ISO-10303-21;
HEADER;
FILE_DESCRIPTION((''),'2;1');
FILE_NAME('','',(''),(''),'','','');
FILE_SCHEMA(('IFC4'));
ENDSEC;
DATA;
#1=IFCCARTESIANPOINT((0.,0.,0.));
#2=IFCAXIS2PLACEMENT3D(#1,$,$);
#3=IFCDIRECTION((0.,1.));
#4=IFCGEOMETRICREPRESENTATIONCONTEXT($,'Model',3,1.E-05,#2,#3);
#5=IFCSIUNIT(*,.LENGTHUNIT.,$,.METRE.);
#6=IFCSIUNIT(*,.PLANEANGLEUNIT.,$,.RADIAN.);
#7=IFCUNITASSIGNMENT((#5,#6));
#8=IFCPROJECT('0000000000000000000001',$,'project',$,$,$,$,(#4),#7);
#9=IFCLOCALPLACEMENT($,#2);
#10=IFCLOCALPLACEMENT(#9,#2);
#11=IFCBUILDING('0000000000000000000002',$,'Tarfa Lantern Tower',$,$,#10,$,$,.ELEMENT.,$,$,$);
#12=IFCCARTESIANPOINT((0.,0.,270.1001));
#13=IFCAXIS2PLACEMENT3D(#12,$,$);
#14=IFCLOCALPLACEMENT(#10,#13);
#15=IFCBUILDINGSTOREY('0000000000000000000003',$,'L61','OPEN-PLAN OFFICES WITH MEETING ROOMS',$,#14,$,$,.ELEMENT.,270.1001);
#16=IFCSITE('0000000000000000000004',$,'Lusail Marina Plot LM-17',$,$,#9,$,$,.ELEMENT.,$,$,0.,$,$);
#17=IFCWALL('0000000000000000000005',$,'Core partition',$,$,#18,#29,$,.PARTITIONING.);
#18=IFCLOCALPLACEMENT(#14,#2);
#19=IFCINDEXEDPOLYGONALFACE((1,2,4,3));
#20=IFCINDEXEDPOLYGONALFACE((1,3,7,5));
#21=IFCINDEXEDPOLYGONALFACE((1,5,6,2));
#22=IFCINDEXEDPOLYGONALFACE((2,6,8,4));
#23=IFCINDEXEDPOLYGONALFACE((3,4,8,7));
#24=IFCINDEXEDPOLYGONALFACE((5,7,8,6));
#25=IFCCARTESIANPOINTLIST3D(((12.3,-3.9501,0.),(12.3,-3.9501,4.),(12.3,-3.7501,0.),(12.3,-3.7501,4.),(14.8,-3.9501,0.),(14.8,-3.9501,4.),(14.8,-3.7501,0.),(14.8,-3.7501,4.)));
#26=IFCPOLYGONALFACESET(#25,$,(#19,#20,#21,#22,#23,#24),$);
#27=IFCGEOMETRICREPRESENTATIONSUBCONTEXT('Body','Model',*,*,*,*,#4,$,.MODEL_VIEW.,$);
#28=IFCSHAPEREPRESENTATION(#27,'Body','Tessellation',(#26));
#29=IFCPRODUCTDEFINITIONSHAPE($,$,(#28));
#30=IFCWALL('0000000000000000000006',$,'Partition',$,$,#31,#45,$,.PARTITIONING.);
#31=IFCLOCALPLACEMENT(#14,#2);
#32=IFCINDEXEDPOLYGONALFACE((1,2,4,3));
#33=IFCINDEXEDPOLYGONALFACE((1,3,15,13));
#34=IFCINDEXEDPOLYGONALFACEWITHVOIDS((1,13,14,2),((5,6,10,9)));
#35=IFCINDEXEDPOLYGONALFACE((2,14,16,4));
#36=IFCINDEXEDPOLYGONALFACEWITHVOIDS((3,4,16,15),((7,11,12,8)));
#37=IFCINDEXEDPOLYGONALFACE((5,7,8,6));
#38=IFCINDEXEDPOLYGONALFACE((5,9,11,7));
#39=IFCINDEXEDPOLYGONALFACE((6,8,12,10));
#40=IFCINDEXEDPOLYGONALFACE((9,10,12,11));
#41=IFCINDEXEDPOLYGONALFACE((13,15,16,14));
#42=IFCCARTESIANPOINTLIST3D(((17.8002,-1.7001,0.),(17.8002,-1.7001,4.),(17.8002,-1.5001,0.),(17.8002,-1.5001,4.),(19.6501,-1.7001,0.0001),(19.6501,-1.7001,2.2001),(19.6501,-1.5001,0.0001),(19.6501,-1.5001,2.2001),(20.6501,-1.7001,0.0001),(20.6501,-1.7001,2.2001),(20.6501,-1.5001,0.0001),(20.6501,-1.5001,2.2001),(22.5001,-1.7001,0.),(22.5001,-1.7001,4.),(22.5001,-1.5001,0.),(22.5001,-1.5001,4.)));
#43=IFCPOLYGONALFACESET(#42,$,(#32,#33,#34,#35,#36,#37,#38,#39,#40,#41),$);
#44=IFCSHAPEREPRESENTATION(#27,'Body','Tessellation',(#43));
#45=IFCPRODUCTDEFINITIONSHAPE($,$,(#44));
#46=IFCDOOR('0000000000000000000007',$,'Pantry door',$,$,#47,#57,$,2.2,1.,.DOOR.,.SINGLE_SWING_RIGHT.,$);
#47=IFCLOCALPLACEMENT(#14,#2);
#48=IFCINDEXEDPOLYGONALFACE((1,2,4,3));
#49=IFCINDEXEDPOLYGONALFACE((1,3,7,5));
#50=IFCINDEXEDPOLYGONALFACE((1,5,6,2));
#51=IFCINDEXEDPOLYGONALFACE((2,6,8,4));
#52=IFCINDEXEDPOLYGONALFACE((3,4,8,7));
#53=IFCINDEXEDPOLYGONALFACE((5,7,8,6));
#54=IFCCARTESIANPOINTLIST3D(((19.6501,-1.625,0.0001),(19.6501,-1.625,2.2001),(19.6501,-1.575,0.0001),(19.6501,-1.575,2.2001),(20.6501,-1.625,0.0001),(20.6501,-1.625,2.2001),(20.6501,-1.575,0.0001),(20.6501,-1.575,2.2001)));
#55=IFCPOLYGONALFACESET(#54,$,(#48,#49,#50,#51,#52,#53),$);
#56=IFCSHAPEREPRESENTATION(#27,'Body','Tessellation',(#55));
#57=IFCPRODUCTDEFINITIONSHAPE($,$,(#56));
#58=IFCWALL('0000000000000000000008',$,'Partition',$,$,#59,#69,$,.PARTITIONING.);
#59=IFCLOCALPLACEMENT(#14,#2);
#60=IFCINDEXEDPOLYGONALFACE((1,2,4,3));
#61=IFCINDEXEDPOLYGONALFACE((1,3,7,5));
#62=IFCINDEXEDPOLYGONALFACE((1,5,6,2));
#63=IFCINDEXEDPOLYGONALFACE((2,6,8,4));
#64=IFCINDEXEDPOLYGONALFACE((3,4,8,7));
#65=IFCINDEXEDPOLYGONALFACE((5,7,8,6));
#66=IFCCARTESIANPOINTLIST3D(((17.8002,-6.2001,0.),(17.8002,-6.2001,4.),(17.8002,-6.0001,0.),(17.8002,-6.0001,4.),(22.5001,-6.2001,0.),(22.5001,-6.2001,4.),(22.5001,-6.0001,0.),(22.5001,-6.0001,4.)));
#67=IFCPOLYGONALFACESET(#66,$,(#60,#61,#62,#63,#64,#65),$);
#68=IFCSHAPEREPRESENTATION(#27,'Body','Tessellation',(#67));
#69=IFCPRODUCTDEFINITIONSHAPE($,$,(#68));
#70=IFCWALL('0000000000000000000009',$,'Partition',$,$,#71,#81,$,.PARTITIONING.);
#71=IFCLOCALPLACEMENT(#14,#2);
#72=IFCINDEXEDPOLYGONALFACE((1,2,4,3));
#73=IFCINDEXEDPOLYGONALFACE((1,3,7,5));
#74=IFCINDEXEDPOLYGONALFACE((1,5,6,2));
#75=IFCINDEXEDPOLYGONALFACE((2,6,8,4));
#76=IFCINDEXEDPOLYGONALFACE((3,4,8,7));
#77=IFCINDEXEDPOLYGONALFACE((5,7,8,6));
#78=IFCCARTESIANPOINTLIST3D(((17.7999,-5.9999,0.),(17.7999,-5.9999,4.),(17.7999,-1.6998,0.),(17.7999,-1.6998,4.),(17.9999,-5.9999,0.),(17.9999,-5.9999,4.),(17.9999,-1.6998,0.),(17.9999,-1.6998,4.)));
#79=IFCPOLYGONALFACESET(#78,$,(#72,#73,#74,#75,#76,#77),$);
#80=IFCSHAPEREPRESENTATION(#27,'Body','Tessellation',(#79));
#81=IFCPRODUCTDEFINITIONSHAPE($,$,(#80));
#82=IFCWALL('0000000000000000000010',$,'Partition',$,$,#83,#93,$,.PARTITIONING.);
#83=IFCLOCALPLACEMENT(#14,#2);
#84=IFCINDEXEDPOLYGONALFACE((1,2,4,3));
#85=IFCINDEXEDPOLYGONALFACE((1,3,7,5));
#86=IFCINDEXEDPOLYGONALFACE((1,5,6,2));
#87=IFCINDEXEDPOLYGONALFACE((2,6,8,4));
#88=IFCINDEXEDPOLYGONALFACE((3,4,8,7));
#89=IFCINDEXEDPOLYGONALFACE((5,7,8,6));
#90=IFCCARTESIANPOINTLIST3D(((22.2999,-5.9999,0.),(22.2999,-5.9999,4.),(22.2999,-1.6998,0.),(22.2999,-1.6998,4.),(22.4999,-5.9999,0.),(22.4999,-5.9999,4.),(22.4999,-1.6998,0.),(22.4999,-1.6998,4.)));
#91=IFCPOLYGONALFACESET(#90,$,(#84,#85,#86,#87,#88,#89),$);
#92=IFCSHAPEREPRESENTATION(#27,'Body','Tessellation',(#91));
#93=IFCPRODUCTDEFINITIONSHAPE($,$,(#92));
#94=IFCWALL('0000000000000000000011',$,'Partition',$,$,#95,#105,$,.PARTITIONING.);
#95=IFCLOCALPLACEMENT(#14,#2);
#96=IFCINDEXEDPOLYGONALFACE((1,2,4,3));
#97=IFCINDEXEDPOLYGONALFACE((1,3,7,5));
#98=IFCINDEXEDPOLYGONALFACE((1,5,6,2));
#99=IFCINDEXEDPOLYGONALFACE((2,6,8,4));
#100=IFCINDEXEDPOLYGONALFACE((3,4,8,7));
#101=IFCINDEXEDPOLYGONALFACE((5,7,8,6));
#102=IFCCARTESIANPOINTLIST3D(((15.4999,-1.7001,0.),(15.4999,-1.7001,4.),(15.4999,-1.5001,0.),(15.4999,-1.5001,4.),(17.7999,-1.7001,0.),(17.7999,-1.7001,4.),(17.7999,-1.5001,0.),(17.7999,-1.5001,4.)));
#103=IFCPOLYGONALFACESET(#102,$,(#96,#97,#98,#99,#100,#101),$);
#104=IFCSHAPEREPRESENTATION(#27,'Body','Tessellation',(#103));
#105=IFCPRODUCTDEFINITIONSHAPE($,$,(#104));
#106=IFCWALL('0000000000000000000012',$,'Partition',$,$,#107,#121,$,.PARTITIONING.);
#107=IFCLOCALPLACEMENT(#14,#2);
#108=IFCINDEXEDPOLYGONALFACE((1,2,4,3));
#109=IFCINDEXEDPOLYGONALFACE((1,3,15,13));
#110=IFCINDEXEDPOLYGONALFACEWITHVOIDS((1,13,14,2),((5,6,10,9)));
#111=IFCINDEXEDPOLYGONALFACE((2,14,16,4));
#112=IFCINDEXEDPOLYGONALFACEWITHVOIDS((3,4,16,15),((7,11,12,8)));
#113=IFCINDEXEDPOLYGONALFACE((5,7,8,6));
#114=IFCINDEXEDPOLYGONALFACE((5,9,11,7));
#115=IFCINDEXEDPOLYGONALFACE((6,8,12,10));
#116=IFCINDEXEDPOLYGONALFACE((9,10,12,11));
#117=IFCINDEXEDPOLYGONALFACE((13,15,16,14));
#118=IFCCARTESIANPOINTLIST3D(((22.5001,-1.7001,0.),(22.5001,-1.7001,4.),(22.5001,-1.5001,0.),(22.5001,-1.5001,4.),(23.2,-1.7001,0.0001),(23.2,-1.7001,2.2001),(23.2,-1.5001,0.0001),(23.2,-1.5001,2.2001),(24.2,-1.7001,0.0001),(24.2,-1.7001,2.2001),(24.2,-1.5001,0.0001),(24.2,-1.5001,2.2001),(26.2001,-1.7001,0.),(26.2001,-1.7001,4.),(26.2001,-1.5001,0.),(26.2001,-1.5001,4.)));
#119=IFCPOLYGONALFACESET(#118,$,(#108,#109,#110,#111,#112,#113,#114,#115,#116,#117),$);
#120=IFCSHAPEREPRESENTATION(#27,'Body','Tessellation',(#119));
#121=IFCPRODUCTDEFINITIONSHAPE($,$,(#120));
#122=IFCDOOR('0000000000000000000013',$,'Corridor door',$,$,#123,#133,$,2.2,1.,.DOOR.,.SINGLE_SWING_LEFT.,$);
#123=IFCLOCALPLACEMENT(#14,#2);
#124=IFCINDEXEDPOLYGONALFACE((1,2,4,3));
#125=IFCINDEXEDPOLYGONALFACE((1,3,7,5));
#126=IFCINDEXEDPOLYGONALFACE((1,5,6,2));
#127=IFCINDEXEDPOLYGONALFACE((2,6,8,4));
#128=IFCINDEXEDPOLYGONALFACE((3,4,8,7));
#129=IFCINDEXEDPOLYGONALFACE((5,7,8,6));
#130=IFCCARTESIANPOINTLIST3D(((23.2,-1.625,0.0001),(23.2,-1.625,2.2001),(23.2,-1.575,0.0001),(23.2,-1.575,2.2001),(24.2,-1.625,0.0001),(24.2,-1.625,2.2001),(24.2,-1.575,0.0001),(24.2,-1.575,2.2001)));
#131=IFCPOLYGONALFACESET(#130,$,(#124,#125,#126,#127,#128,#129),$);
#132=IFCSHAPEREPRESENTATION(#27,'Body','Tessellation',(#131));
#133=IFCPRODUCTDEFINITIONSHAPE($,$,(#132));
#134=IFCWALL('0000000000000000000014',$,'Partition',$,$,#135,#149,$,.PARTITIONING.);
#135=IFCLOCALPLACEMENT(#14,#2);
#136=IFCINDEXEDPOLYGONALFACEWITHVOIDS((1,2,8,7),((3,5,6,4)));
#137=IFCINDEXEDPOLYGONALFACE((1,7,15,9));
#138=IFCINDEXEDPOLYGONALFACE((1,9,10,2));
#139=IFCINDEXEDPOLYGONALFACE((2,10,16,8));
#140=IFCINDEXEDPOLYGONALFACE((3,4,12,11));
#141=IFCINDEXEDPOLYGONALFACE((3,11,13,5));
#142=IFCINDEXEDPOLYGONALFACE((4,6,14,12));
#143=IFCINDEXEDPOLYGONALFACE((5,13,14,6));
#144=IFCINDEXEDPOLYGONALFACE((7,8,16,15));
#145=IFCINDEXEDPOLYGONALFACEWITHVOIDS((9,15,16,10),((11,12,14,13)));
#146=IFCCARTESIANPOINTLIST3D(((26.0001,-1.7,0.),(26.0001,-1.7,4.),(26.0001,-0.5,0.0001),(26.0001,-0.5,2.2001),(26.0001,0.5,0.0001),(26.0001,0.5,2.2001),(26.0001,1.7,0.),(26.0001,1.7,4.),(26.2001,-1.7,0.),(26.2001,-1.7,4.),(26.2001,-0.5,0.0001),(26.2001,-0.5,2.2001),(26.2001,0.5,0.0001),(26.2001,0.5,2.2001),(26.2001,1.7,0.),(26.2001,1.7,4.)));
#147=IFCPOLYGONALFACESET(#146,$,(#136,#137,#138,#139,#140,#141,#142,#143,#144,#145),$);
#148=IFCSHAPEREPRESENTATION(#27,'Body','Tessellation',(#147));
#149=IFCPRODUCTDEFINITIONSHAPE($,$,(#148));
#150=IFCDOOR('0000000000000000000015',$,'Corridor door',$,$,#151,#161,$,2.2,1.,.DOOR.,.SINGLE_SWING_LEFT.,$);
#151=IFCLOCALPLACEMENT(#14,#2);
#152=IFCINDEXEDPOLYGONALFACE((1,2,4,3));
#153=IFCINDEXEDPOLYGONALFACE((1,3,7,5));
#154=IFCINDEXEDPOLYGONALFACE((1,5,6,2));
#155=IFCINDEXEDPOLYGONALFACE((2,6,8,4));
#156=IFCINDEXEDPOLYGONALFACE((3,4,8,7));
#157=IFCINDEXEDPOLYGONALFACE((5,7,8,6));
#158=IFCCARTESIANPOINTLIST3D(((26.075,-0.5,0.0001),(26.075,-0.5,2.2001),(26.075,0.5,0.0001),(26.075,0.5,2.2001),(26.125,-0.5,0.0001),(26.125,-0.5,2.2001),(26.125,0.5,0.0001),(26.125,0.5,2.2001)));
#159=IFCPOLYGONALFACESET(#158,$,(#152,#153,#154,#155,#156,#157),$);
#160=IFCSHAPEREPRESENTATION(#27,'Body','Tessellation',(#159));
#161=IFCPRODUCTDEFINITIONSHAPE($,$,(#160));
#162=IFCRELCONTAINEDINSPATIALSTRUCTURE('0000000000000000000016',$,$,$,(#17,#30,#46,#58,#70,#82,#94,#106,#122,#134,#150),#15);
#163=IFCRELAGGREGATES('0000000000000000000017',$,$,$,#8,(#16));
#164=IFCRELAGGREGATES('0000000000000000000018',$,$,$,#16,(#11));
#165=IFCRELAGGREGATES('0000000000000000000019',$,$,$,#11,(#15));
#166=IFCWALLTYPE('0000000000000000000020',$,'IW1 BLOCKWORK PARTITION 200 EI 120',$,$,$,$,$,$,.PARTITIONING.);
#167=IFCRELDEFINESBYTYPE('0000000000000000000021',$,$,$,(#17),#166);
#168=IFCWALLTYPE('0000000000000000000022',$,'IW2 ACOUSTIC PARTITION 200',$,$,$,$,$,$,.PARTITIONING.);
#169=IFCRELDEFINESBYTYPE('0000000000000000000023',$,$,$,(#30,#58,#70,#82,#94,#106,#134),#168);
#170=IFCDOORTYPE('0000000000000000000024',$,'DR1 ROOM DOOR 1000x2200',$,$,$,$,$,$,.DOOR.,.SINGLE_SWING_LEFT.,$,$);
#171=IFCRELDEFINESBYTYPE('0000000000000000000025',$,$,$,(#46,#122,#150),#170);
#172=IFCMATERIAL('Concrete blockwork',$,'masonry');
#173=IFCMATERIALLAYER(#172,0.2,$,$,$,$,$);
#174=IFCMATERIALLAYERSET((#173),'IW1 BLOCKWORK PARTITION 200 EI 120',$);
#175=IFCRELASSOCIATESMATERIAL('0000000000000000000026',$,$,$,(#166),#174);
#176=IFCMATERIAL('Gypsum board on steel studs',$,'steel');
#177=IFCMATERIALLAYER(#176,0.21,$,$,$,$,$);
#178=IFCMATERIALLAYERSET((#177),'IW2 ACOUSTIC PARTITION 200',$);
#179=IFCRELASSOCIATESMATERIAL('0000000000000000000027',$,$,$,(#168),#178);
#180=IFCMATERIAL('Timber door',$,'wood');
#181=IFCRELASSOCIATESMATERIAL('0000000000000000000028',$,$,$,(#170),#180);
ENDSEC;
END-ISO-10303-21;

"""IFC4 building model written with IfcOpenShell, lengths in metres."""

from ifc_helpers import new_model, si_unit, direction, frame, frame_2d, origin, place, context, subcontext, project, spatial, rectangle, extrude, material, layer, layer_set, type_object, element, fill, save


model = new_model("IFC4")

# Units and contexts
model_context = context("Model", 3, precision=1e-05, world=origin(), true_north=direction((0.0, 1.0)))
body_context = subcontext(model_context, "Body", "Model", "MODEL_VIEW")
ifc_project = project(units=[si_unit("LENGTHUNIT", "METRE"), si_unit("PLANEANGLEUNIT", "RADIAN")], contexts=[model_context])

# Site, building, storey
site_placement = place(None, origin())
site = spatial("IfcSite", under=ifc_project, at=site_placement, Name="Lusail Marina Plot LM-17", CompositionType="ELEMENT", RefElevation=0.0)
building_placement = place(site_placement, origin())
building = spatial("IfcBuilding", under=site, at=building_placement, Name="Tarfa Lantern Tower", CompositionType="ELEMENT")
storey_placement = place(building_placement, frame((0.0, 0.0, 270.1001)))
storey = spatial("IfcBuildingStorey", under=building, at=storey_placement, Name="L61", Description="OPEN-PLAN OFFICES WITH MEETING ROOMS", CompositionType="ELEMENT", Elevation=270.1001)

# Wall
ifc_material_1 = material(Name="Concrete blockwork", Category="masonry")
ifc_layer_1 = layer(ifc_material_1, 0.2)
ifc_layer_set_1 = layer_set([ifc_layer_1], Name="IW1 BLOCKWORK PARTITION 200 EI 120")
wall_type_1 = type_object("IfcWallType", Name="IW1 BLOCKWORK PARTITION 200 EI 120", PredefinedType="PARTITIONING", material=ifc_layer_set_1)
wall_1_placement = place(storey_placement, frame((14.8, -3.8501, 0.0), z_axis=(0.0, 0.0, 1.0), x_axis=(-1.0, 0.0, 0.0)))
element("IfcWall", 1, at=wall_1_placement, inside=storey, type_object=wall_type_1, Name="Core partition", PredefinedType="PARTITIONING", context=body_context, shape_type="SweptSolid", body=[
    extrude(rectangle(XDim=2.5, YDim=0.2, at=frame_2d((1.25, 0.0))), origin(), (0.0, 0.0, 1.0), 4.0),
])

# Wall, opening, door
ifc_material_2 = material(Name="Gypsum board on steel studs", Category="steel")
ifc_layer_2 = layer(ifc_material_2, 0.21)
ifc_layer_set_2 = layer_set([ifc_layer_2], Name="IW2 ACOUSTIC PARTITION 200")
wall_type_2 = type_object("IfcWallType", Name="IW2 ACOUSTIC PARTITION 200", PredefinedType="PARTITIONING", material=ifc_layer_set_2)
wall_2_placement = place(storey_placement, frame((17.8, -1.6001, 0.0), z_axis=(0.0, 0.0, 1.0), x_axis=(1.0, 0.0, 0.0)))
wall_2 = element("IfcWall", 2, at=wall_2_placement, inside=storey, type_object=wall_type_2, Name="Partition", PredefinedType="PARTITIONING", context=body_context, shape_type="SweptSolid", body=[
    extrude(rectangle(XDim=4.7, YDim=0.2, at=frame_2d((2.3501, 0.0))), origin(), (0.0, 0.0, 1.0), 4.0),
])
opening_1_placement = place(wall_2_placement, frame((1.8501, 0.0, 0.0)))
opening_1 = element("IfcOpeningElement", 3, at=opening_1_placement, cuts=wall_2, PredefinedType="OPENING", context=body_context, shape_type="SweptSolid", body=[
    extrude(rectangle(XDim=1.0, YDim=2.2, at=frame_2d((0.5, 1.1001))), frame((0.0, 0.1099, 0.0), z_axis=(0.0, -1.0, 0.0), x_axis=(1.0, 0.0, 0.0)), (0.0, 0.0, 1.0), 0.22),
])
ifc_material_3 = material(Name="Timber door", Category="wood")
door_type_1 = type_object("IfcDoorType", Name="DR1 ROOM DOOR 1000x2200", OperationType="SINGLE_SWING_LEFT", PredefinedType="DOOR", material=ifc_material_3)
door_1_placement = place(opening_1_placement, frame((1.0, 0.0, 0.0), z_axis=(0.0, 0.0, 1.0), x_axis=(-1.0, 0.0, 0.0)))
door_1 = element("IfcDoor", 4, at=door_1_placement, inside=storey, type_object=door_type_1, Name="Pantry door", OperationType="SINGLE_SWING_RIGHT", OverallHeight=2.2, OverallWidth=1.0, PredefinedType="DOOR", context=body_context, shape_type="SweptSolid", body=[
    extrude(rectangle(XDim=1.0, YDim=2.2, at=frame_2d((0.5, 1.1001))), frame((0.0, 0.0249, 0.0), z_axis=(0.0, -1.0, 0.0), x_axis=(1.0, 0.0, 0.0)), (0.0, 0.0, 1.0), 0.05),
])
fill(opening_1, door_1)

# Walls
wall_3_placement = place(storey_placement, frame((17.8, -6.1001, 0.0), z_axis=(0.0, 0.0, 1.0), x_axis=(1.0, 0.0, 0.0)))
element("IfcWall", 5, at=wall_3_placement, inside=storey, type_object=wall_type_2, Name="Partition", PredefinedType="PARTITIONING", context=body_context, shape_type="SweptSolid", body=[
    extrude(rectangle(XDim=4.7, YDim=0.2, at=frame_2d((2.3501, 0.0))), origin(), (0.0, 0.0, 1.0), 4.0),
])
for number, where, z_axis, x_axis, name in (
    (6, (17.8999, -1.7, 0.0), (0.0, 0.0, 1.0), (0.0, -1.0, 0.0), "Partition"),
    (7, (22.3999, -1.7, 0.0), (0.0, 0.0, 1.0), (0.0, -1.0, 0.0), "Partition"),
):
    element("IfcWall", number, at=place(storey_placement, frame(where, z_axis=z_axis, x_axis=x_axis)), inside=storey, type_object=wall_type_2, Name=name, PredefinedType="PARTITIONING", context=body_context, shape_type="SweptSolid", body=[
        extrude(rectangle(XDim=4.3, YDim=0.2, at=frame_2d((2.1499, 0.0))), origin(), (0.0, 0.0, 1.0), 4.0),
    ])
wall_4_placement = place(storey_placement, frame((15.5, -1.6001, 0.0), z_axis=(0.0, 0.0, 1.0), x_axis=(1.0, 0.0, 0.0)))
element("IfcWall", 8, at=wall_4_placement, inside=storey, type_object=wall_type_2, Name="Partition", PredefinedType="PARTITIONING", context=body_context, shape_type="SweptSolid", body=[
    extrude(rectangle(XDim=2.3, YDim=0.2, at=frame_2d((1.1499, 0.0))), origin(), (0.0, 0.0, 1.0), 4.0),
])

# Walls, openings, doors
wall_5_placement = place(storey_placement, frame((22.5, -1.6001, 0.0), z_axis=(0.0, 0.0, 1.0), x_axis=(1.0, 0.0, 0.0)))
wall_5 = element("IfcWall", 9, at=wall_5_placement, inside=storey, type_object=wall_type_2, Name="Partition", PredefinedType="PARTITIONING", context=body_context, shape_type="SweptSolid", body=[
    extrude(rectangle(XDim=3.7, YDim=0.2, at=frame_2d((1.8501, 0.0))), origin(), (0.0, 0.0, 1.0), 4.0),
])
opening_2_placement = place(wall_5_placement, frame((0.7, 0.0, 0.0)))
opening_2 = element("IfcOpeningElement", 10, at=opening_2_placement, cuts=wall_5, PredefinedType="OPENING", context=body_context, shape_type="SweptSolid", body=[
    extrude(rectangle(XDim=1.0, YDim=2.2, at=frame_2d((0.5, 1.1001))), frame((0.0, 0.1099, 0.0), z_axis=(0.0, -1.0, 0.0), x_axis=(1.0, 0.0, 0.0)), (0.0, 0.0, 1.0), 0.22),
])
door_2_placement = place(opening_2_placement, frame((1.0, 0.0, 0.0), z_axis=(0.0, 0.0, 1.0), x_axis=(-1.0, 0.0, 0.0)))
door_2 = element("IfcDoor", 11, at=door_2_placement, inside=storey, type_object=door_type_1, Name="Corridor door", OperationType="SINGLE_SWING_LEFT", OverallHeight=2.2, OverallWidth=1.0, PredefinedType="DOOR", context=body_context, shape_type="SweptSolid", body=[
    extrude(rectangle(XDim=1.0, YDim=2.2, at=frame_2d((0.5, 1.1001))), frame((0.0, 0.0249, 0.0), z_axis=(0.0, -1.0, 0.0), x_axis=(1.0, 0.0, 0.0)), (0.0, 0.0, 1.0), 0.05),
])
fill(opening_2, door_2)
wall_6_placement = place(storey_placement, frame((26.1001, -1.7, 0.0), z_axis=(0.0, 0.0, 1.0), x_axis=(0.0, 1.0, 0.0)))
wall_6 = element("IfcWall", 12, at=wall_6_placement, inside=storey, type_object=wall_type_2, Name="Partition", PredefinedType="PARTITIONING", context=body_context, shape_type="SweptSolid", body=[
    extrude(rectangle(XDim=3.3999, YDim=0.2, at=frame_2d((1.7, 0.0))), origin(), (0.0, 0.0, 1.0), 4.0),
])
opening_3_placement = place(wall_6_placement, frame((1.2, 0.0, 0.0)))
opening_3 = element("IfcOpeningElement", 13, at=opening_3_placement, cuts=wall_6, PredefinedType="OPENING", context=body_context, shape_type="SweptSolid", body=[
    extrude(rectangle(XDim=1.0, YDim=2.2, at=frame_2d((0.5, 1.1001))), frame((0.0, 0.1099, 0.0), z_axis=(0.0, -1.0, 0.0), x_axis=(1.0, 0.0, 0.0)), (0.0, 0.0, 1.0), 0.22),
])
door_3_placement = place(opening_3_placement, frame((1.0, 0.0, 0.0), z_axis=(0.0, 0.0, 1.0), x_axis=(-1.0, 0.0, 0.0)))
door_3 = element("IfcDoor", 14, at=door_3_placement, inside=storey, type_object=door_type_1, Name="Corridor door", OperationType="SINGLE_SWING_LEFT", OverallHeight=2.2, OverallWidth=1.0, PredefinedType="DOOR", context=body_context, shape_type="SweptSolid", body=[
    extrude(rectangle(XDim=1.0, YDim=2.2, at=frame_2d((0.5, 1.1001))), frame((0.0, 0.0249, 0.0), z_axis=(0.0, -1.0, 0.0), x_axis=(1.0, 0.0, 0.0)), (0.0, 0.0, 1.0), 0.05),
])
fill(opening_3, door_3)

save(model, "model.ifc")
